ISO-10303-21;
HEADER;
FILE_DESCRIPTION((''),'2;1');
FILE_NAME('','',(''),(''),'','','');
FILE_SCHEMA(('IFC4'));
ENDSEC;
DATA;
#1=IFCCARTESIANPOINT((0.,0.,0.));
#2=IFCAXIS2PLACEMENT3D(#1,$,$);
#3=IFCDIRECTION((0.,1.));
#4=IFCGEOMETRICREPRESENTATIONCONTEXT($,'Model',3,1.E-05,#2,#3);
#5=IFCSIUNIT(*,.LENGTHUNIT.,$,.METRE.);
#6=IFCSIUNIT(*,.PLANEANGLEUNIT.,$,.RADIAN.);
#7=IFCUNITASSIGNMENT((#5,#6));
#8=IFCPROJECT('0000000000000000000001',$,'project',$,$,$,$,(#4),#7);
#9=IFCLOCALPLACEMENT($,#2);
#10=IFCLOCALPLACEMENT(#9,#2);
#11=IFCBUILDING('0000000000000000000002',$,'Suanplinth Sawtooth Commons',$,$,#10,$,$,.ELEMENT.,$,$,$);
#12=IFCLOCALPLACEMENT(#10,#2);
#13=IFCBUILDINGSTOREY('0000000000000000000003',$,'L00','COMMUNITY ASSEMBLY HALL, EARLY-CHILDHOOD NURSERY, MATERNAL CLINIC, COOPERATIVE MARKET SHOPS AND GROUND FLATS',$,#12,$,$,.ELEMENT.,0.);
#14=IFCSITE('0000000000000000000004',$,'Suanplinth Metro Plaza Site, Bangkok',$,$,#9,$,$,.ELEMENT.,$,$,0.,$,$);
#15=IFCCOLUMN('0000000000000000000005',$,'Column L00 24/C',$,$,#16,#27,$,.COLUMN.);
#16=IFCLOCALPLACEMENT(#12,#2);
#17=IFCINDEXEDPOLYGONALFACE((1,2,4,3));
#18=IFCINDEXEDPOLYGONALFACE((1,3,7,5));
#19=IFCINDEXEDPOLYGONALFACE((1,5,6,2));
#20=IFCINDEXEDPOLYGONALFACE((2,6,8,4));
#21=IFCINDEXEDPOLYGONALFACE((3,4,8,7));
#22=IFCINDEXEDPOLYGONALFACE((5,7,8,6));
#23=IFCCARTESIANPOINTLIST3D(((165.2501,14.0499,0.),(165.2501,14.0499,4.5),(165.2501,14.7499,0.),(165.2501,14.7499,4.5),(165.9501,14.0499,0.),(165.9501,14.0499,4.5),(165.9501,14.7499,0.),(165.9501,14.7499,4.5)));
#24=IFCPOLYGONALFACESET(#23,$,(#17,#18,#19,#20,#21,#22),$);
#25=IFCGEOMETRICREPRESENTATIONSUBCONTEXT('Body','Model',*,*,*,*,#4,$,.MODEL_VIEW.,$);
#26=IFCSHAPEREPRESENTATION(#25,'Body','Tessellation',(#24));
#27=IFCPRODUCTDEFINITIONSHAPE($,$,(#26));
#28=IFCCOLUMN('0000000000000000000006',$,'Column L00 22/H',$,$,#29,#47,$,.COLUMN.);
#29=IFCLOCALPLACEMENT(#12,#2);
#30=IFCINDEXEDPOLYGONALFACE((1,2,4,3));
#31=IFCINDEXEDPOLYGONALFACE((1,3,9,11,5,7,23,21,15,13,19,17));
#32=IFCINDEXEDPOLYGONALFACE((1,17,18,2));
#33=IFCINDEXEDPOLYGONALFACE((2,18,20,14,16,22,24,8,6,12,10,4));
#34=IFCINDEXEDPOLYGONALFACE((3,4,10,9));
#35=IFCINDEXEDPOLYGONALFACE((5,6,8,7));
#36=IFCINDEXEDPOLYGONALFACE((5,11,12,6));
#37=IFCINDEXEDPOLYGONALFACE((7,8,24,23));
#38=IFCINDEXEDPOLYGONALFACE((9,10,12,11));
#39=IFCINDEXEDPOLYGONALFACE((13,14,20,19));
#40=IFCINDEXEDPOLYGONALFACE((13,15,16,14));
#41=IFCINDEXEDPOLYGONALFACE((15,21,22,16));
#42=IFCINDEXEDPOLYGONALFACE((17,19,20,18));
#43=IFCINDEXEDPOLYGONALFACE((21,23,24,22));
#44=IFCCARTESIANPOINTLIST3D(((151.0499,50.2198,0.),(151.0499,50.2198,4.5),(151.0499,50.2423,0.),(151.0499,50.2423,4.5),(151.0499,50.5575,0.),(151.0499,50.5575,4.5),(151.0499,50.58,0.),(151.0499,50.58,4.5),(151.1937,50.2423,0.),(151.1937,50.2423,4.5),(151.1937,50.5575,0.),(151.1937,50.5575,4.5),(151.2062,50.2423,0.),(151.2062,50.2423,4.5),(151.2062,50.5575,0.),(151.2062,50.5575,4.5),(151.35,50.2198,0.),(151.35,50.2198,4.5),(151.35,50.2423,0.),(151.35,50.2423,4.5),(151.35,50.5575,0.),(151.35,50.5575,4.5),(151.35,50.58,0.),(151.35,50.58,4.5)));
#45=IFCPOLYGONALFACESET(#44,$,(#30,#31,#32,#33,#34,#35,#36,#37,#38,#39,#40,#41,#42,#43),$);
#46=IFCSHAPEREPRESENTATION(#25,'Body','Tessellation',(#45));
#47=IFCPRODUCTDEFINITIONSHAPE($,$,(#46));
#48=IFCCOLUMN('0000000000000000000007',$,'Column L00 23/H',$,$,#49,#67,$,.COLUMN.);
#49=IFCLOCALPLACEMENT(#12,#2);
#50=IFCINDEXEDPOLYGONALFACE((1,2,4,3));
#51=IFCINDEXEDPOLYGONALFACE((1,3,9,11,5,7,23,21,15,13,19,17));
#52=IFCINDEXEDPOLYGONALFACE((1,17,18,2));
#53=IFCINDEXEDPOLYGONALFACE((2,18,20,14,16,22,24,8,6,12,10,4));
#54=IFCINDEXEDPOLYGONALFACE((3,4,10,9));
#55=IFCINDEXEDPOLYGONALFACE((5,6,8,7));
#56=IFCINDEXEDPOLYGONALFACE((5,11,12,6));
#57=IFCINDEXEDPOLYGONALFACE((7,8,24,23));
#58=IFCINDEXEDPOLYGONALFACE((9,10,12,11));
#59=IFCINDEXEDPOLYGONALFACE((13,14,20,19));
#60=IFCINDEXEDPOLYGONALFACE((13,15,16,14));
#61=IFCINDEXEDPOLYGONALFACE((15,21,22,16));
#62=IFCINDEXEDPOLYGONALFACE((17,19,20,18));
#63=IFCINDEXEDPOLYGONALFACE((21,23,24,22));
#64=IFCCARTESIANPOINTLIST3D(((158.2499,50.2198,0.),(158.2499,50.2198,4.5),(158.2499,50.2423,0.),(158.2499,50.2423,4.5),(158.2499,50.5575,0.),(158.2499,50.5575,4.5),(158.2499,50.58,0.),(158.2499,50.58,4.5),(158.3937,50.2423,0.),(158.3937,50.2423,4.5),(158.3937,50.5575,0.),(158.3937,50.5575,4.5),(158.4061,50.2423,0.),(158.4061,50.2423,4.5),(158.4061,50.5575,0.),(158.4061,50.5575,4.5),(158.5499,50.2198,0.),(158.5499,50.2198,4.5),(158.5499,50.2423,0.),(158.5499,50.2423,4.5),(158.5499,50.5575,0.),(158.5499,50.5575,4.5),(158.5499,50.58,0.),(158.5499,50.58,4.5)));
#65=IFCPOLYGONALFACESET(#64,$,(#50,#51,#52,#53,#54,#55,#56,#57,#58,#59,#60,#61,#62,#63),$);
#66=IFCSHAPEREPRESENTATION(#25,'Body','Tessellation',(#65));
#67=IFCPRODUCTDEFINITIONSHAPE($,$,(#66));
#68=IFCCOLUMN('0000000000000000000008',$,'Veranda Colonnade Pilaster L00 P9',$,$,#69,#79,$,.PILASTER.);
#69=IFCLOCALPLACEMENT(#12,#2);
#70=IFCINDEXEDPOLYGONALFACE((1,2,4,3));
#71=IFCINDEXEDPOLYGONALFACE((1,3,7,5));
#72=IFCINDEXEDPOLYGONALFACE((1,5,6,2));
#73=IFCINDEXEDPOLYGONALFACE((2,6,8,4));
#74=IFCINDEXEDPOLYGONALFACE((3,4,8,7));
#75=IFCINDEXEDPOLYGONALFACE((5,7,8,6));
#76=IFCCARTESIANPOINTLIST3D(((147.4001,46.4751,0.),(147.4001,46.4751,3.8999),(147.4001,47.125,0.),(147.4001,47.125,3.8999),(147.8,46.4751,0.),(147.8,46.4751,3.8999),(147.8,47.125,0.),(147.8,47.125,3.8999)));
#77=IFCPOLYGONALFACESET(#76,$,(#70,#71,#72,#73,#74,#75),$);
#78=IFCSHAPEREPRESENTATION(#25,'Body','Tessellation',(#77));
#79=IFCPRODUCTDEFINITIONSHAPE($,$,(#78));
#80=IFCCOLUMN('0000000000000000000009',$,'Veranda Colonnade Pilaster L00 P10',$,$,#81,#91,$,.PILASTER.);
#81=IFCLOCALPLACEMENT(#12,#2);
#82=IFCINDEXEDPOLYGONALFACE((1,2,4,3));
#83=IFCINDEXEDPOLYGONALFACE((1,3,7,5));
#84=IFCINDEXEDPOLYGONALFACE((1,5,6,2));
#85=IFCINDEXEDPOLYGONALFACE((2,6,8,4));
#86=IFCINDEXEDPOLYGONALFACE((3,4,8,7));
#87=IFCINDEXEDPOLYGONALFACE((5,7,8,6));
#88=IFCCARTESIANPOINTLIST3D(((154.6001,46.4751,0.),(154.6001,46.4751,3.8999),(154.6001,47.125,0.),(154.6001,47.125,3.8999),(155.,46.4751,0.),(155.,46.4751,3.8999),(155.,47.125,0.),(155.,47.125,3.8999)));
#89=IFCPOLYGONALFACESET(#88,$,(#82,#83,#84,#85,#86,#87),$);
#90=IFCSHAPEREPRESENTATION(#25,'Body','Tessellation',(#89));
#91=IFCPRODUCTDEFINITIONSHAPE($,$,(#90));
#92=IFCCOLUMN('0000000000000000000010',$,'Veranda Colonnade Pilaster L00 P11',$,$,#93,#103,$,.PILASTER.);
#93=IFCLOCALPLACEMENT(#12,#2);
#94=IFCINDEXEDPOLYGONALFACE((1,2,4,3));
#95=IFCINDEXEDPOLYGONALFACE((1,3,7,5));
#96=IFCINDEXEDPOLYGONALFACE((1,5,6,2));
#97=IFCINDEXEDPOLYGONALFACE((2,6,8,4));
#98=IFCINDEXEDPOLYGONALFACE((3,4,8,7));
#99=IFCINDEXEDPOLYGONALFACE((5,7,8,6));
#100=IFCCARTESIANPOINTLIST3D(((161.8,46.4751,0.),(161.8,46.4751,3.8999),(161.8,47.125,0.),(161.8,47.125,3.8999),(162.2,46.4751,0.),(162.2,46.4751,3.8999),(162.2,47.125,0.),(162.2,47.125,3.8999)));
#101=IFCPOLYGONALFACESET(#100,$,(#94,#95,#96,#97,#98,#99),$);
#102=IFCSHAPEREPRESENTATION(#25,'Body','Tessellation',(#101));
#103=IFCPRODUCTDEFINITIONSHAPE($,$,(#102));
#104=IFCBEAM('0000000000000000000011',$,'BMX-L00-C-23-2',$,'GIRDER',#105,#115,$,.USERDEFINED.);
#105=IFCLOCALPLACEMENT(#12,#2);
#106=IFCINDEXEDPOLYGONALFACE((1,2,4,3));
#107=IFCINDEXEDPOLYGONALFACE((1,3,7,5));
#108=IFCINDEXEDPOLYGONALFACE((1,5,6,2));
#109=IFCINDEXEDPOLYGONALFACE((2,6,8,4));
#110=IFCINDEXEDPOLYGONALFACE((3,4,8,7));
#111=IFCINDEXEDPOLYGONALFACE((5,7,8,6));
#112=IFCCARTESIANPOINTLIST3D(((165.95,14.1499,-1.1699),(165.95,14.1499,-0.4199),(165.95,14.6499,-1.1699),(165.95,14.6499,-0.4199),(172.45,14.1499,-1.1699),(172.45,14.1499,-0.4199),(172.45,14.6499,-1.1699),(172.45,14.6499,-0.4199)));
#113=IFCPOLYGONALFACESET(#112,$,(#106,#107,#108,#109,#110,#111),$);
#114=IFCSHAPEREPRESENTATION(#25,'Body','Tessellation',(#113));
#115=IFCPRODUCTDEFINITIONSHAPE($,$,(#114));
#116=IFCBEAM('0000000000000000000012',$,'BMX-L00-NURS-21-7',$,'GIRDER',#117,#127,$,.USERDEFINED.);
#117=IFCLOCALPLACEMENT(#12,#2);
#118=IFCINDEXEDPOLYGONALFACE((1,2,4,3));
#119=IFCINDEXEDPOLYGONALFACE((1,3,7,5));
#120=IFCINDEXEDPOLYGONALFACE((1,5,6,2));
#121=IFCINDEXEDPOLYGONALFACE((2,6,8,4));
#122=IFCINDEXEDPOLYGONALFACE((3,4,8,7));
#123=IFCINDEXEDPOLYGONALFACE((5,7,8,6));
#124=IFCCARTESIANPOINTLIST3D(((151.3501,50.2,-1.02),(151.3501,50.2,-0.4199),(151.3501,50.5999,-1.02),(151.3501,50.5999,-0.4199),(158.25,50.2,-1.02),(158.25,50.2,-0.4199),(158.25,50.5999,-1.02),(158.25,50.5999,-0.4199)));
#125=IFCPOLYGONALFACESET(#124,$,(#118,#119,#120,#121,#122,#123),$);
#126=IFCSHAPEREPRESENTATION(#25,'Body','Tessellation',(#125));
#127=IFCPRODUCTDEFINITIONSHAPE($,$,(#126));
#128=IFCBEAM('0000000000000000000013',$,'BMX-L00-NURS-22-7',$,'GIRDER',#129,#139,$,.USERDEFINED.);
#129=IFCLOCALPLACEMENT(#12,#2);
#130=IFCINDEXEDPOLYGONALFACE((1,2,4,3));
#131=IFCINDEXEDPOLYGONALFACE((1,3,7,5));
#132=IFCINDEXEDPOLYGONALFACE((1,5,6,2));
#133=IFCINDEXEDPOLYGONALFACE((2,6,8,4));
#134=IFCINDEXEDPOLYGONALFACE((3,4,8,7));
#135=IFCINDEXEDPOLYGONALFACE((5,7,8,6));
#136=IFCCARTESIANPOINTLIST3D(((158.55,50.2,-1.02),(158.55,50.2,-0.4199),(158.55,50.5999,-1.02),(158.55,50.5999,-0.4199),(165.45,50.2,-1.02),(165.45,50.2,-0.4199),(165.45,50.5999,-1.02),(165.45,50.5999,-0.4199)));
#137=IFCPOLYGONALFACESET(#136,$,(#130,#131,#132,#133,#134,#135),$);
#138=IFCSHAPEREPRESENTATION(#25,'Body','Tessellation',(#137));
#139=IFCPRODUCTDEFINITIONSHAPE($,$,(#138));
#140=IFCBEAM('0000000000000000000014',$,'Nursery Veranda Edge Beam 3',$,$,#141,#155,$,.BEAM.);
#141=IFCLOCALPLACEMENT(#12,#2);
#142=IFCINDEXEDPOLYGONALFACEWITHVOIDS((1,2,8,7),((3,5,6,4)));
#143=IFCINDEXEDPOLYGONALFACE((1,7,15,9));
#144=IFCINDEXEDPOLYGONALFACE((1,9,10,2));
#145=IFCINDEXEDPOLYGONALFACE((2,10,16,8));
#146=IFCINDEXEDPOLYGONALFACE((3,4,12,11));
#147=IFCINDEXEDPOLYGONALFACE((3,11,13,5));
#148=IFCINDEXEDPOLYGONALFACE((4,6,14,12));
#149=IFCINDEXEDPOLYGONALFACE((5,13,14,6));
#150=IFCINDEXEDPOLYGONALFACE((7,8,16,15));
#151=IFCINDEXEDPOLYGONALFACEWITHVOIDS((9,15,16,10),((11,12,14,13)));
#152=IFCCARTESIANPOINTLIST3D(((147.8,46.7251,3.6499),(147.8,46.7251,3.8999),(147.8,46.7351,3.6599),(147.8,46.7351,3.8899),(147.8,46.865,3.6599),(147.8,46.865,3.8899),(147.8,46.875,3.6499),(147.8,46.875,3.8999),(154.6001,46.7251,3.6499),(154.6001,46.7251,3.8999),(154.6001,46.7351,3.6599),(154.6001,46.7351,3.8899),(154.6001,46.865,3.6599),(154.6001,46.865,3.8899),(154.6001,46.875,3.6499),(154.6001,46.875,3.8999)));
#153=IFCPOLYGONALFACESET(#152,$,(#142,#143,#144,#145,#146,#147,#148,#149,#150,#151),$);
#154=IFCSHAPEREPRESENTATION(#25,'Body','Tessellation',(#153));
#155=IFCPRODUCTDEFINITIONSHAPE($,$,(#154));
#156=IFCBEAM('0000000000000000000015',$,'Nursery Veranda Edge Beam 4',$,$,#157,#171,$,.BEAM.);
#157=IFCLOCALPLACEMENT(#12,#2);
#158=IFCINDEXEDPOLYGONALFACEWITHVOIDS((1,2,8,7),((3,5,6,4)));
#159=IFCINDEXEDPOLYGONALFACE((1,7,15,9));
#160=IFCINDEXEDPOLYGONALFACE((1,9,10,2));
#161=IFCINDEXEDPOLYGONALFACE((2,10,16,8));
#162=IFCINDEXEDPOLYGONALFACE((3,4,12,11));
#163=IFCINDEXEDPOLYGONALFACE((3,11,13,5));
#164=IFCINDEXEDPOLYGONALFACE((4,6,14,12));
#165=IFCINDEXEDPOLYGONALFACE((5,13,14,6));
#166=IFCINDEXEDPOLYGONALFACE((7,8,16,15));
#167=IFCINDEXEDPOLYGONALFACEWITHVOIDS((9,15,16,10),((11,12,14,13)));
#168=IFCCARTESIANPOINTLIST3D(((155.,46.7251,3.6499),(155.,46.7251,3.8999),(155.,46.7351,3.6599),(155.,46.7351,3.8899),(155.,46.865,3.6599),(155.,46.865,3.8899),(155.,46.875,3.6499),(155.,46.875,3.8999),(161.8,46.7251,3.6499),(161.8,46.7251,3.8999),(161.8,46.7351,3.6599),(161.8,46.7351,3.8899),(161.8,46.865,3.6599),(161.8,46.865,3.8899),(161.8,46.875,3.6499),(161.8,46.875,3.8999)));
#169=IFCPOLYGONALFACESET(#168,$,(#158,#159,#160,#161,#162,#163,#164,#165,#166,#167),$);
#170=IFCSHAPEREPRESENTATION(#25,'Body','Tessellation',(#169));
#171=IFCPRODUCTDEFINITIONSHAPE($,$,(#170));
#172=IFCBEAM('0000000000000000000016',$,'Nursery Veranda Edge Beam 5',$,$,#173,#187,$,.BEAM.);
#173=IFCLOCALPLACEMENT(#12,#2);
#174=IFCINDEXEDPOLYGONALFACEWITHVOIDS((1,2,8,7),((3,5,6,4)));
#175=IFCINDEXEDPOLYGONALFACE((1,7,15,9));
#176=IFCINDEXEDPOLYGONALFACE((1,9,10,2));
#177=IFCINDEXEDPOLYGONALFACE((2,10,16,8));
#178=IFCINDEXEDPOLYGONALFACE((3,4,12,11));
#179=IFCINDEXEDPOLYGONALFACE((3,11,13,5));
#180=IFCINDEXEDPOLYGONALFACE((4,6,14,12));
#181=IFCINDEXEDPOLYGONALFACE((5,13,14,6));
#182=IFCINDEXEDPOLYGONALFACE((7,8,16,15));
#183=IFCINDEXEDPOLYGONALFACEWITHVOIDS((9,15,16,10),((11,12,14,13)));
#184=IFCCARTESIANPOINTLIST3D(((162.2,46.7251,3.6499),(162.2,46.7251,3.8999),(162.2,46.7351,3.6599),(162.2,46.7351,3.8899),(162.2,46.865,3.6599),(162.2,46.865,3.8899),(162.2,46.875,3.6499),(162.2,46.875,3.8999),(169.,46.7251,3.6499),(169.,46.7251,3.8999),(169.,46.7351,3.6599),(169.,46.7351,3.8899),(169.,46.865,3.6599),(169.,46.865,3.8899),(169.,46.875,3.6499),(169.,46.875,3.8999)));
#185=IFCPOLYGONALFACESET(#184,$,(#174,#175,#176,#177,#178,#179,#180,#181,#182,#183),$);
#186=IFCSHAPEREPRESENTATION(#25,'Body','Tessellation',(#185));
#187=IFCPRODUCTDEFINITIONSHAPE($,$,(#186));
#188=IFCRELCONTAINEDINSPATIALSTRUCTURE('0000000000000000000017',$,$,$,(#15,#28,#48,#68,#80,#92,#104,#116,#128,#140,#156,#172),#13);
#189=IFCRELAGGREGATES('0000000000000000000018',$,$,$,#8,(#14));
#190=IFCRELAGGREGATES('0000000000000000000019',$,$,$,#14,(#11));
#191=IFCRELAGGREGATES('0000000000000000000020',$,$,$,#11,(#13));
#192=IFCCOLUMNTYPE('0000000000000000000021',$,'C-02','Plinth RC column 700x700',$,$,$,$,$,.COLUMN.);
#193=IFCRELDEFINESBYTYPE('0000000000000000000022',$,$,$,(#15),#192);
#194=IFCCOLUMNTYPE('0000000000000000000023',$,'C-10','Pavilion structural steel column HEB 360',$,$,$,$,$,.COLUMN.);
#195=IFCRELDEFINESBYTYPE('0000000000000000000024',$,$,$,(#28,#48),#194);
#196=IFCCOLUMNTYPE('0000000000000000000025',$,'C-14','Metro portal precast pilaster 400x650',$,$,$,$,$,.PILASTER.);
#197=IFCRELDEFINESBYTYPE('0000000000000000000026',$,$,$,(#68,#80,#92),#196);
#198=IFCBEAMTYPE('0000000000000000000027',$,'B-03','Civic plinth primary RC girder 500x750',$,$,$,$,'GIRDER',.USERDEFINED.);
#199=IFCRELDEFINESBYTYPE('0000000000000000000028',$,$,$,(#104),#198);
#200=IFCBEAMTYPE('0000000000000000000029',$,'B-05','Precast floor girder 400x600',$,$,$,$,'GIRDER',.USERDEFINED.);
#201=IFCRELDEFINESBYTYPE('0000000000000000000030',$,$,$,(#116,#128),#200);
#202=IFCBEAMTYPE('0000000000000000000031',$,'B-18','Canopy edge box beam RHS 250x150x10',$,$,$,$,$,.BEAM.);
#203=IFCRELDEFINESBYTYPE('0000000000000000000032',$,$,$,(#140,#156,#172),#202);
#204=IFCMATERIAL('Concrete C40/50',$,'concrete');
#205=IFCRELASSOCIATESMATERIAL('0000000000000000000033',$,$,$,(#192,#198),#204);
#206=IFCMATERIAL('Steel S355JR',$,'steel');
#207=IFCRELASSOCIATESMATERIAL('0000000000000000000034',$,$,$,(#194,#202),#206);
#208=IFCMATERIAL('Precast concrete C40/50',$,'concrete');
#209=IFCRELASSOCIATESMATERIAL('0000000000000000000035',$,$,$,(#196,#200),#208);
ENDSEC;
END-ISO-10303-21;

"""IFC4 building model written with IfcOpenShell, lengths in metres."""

from ifc_helpers import new_model, si_unit, direction, frame, origin, origin_2d, place, context, subcontext, project, spatial, rectangle, hollow_rectangle, i_section, extrude, material, material_profile, profile_set, type_object, element, save


model = new_model("IFC4")

# Units and contexts
model_context = context("Model", 3, precision=1e-05, world=origin(), true_north=direction((0.0, 1.0)))
body_context = subcontext(model_context, "Body", "Model", "MODEL_VIEW")
ifc_project = project(units=[si_unit("LENGTHUNIT", "METRE"), si_unit("PLANEANGLEUNIT", "RADIAN")], contexts=[model_context])

# Site, building, storey
site_placement = place(None, origin())
site = spatial("IfcSite", under=ifc_project, at=site_placement, Name="Suanplinth Metro Plaza Site, Bangkok", CompositionType="ELEMENT", RefElevation=0.0)
building_placement = place(site_placement, origin())
building = spatial("IfcBuilding", under=site, at=building_placement, Name="Suanplinth Sawtooth Commons", CompositionType="ELEMENT")
storey_placement = place(building_placement, origin())
storey = spatial("IfcBuildingStorey", under=building, at=storey_placement, Name="L00", Description="COMMUNITY ASSEMBLY HALL, EARLY-CHILDHOOD NURSERY, MATERNAL CLINIC, COOPERATIVE MARKET SHOPS AND GROUND FLATS", CompositionType="ELEMENT", Elevation=0.0)

# Columns
ifc_material_1 = material(Name="Concrete C40/50", Category="concrete")
ifc_material_profile_1 = material_profile(ifc_material_1, rectangle(XDim=0.7, YDim=0.7, at=origin_2d()), Name="RC-COL 700x700")
ifc_profile_set_1 = profile_set([ifc_material_profile_1], Name="Concrete C40/50")
column_type_1 = type_object("IfcColumnType", Name="C-02", Description="Plinth RC column 700x700", PredefinedType="COLUMN", material=ifc_profile_set_1)
column_placement = place(storey_placement, frame((165.6001, 14.3999, 0.0), z_axis=(0.0, 0.0, 1.0), x_axis=(1.0, 0.0, 0.0)))
element("IfcColumn", 1, at=column_placement, inside=storey, type_object=column_type_1, Name="Column L00 24/C", PredefinedType="COLUMN", context=body_context, shape_type="SweptSolid", body=[
    extrude(rectangle(XDim=0.7, YDim=0.7, at=origin_2d()), origin(), (0.0, 0.0, 1.0), 4.5),
])
ifc_material_2 = material(Name="Steel S355JR", Category="steel")
ifc_material_profile_2 = material_profile(ifc_material_2, i_section(OverallWidth=0.3, OverallDepth=0.3601, WebThickness=0.0125, FlangeThickness=0.0225, at=origin_2d()), Name="HEB 360")
ifc_profile_set_2 = profile_set([ifc_material_profile_2], Name="Steel S355JR")
column_type_2 = type_object("IfcColumnType", Name="C-10", Description="Pavilion structural steel column HEB 360", PredefinedType="COLUMN", material=ifc_profile_set_2)
for number, where, z_axis, x_axis, name in (
    (2, (151.2, 50.3999, 0.0), (0.0, 0.0, 1.0), (1.0, 0.0, 0.0), "Column L00 22/H"),
    (3, (158.3999, 50.3999, 0.0), (0.0, 0.0, 1.0), (1.0, 0.0, 0.0), "Column L00 23/H"),
):
    element("IfcColumn", number, at=place(storey_placement, frame(where, z_axis=z_axis, x_axis=x_axis)), inside=storey, type_object=column_type_2, Name=name, PredefinedType="COLUMN", context=body_context, shape_type="SweptSolid", body=[
        extrude(i_section(OverallWidth=0.3, OverallDepth=0.3601, WebThickness=0.0125, FlangeThickness=0.0225, at=origin_2d()), origin(), (0.0, 0.0, 1.0), 4.5),
    ])
ifc_material_3 = material(Name="Precast concrete C40/50", Category="concrete")
ifc_material_profile_3 = material_profile(ifc_material_3, rectangle(XDim=0.3999, YDim=0.6499, at=origin_2d()), Name="PC-PIL 400x650")
ifc_profile_set_3 = profile_set([ifc_material_profile_3], Name="Precast concrete C40/50")
column_type_3 = type_object("IfcColumnType", Name="C-14", Description="Metro portal precast pilaster 400x650", PredefinedType="PILASTER", material=ifc_profile_set_3)
for number, where, z_axis, x_axis, name in (
    (4, (147.6001, 46.8, 0.0), (0.0, 0.0, 1.0), (1.0, 0.0, 0.0), "Veranda Colonnade Pilaster L00 P9"),
    (5, (154.8, 46.8, 0.0), (0.0, 0.0, 1.0), (1.0, 0.0, 0.0), "Veranda Colonnade Pilaster L00 P10"),
    (6, (162.0, 46.8, 0.0), (0.0, 0.0, 1.0), (1.0, 0.0, 0.0), "Veranda Colonnade Pilaster L00 P11"),
):
    element("IfcColumn", number, at=place(storey_placement, frame(where, z_axis=z_axis, x_axis=x_axis)), inside=storey, type_object=column_type_3, Name=name, PredefinedType="PILASTER", context=body_context, shape_type="SweptSolid", body=[
        extrude(rectangle(XDim=0.3999, YDim=0.6499, at=origin_2d()), origin(), (0.0, 0.0, 1.0), 3.8999),
    ])

# Beams
ifc_material_profile_4 = material_profile(ifc_material_1, rectangle(XDim=0.5, YDim=0.75, at=origin_2d()), Name="RC-GDR 500x750")
ifc_profile_set_4 = profile_set([ifc_material_profile_4], Name="Concrete C40/50")
beam_type_1 = type_object("IfcBeamType", Name="B-03", Description="Civic plinth primary RC girder 500x750", ElementType="GIRDER", PredefinedType="USERDEFINED", material=ifc_profile_set_4)
beam_placement = place(storey_placement, frame((165.95, 14.3999, -0.7949), z_axis=(1.0, 0.0, 0.0), x_axis=(0.0, 1.0, 0.0)))
element("IfcBeam", 7, at=beam_placement, inside=storey, type_object=beam_type_1, Name="BMX-L00-C-23-2", ObjectType="GIRDER", PredefinedType="USERDEFINED", context=body_context, shape_type="SweptSolid", body=[
    extrude(rectangle(XDim=0.5, YDim=0.75, at=origin_2d()), origin(), (0.0, 0.0, 1.0), 6.5),
])
ifc_material_profile_5 = material_profile(ifc_material_3, rectangle(XDim=0.3999, YDim=0.6001, at=origin_2d()), Name="PC-GDR 400x600")
ifc_profile_set_5 = profile_set([ifc_material_profile_5], Name="Precast concrete C40/50")
beam_type_2 = type_object("IfcBeamType", Name="B-05", Description="Precast floor girder 400x600", ElementType="GIRDER", PredefinedType="USERDEFINED", material=ifc_profile_set_5)
for number, where, z_axis, x_axis, name in (
    (8, (151.3501, 50.3999, -0.72), (1.0, 0.0, 0.0), (0.0, 1.0, 0.0), "BMX-L00-NURS-21-7"),
    (9, (158.55, 50.3999, -0.72), (1.0, 0.0, 0.0), (0.0, 1.0, 0.0), "BMX-L00-NURS-22-7"),
):
    element("IfcBeam", number, at=place(storey_placement, frame(where, z_axis=z_axis, x_axis=x_axis)), inside=storey, type_object=beam_type_2, Name=name, ObjectType="GIRDER", PredefinedType="USERDEFINED", context=body_context, shape_type="SweptSolid", body=[
        extrude(rectangle(XDim=0.3999, YDim=0.6001, at=origin_2d()), origin(), (0.0, 0.0, 1.0), 6.8999),
    ])
ifc_material_profile_6 = material_profile(ifc_material_2, hollow_rectangle(XDim=0.1499, YDim=0.25, WallThickness=0.01, at=origin_2d()), Name="RHS 250x150x10")
ifc_profile_set_6 = profile_set([ifc_material_profile_6], Name="Steel S355JR")
beam_type_3 = type_object("IfcBeamType", Name="B-18", Description="Canopy edge box beam RHS 250x150x10", PredefinedType="BEAM", material=ifc_profile_set_6)
for number, where, z_axis, x_axis, name in (
    (10, (147.8, 46.8, 3.7749), (1.0, 0.0, 0.0), (0.0, 1.0, 0.0), "Nursery Veranda Edge Beam 3"),
    (11, (155.0, 46.8, 3.7749), (1.0, 0.0, 0.0), (0.0, 1.0, 0.0), "Nursery Veranda Edge Beam 4"),
    (12, (162.2, 46.8, 3.7749), (1.0, 0.0, 0.0), (0.0, 1.0, 0.0), "Nursery Veranda Edge Beam 5"),
):
    element("IfcBeam", number, at=place(storey_placement, frame(where, z_axis=z_axis, x_axis=x_axis)), inside=storey, type_object=beam_type_3, Name=name, PredefinedType="BEAM", context=body_context, shape_type="SweptSolid", body=[
        extrude(hollow_rectangle(XDim=0.1499, YDim=0.25, WallThickness=0.01, at=origin_2d()), origin(), (0.0, 0.0, 1.0), 6.8),
    ])

save(model, "model.ifc")
